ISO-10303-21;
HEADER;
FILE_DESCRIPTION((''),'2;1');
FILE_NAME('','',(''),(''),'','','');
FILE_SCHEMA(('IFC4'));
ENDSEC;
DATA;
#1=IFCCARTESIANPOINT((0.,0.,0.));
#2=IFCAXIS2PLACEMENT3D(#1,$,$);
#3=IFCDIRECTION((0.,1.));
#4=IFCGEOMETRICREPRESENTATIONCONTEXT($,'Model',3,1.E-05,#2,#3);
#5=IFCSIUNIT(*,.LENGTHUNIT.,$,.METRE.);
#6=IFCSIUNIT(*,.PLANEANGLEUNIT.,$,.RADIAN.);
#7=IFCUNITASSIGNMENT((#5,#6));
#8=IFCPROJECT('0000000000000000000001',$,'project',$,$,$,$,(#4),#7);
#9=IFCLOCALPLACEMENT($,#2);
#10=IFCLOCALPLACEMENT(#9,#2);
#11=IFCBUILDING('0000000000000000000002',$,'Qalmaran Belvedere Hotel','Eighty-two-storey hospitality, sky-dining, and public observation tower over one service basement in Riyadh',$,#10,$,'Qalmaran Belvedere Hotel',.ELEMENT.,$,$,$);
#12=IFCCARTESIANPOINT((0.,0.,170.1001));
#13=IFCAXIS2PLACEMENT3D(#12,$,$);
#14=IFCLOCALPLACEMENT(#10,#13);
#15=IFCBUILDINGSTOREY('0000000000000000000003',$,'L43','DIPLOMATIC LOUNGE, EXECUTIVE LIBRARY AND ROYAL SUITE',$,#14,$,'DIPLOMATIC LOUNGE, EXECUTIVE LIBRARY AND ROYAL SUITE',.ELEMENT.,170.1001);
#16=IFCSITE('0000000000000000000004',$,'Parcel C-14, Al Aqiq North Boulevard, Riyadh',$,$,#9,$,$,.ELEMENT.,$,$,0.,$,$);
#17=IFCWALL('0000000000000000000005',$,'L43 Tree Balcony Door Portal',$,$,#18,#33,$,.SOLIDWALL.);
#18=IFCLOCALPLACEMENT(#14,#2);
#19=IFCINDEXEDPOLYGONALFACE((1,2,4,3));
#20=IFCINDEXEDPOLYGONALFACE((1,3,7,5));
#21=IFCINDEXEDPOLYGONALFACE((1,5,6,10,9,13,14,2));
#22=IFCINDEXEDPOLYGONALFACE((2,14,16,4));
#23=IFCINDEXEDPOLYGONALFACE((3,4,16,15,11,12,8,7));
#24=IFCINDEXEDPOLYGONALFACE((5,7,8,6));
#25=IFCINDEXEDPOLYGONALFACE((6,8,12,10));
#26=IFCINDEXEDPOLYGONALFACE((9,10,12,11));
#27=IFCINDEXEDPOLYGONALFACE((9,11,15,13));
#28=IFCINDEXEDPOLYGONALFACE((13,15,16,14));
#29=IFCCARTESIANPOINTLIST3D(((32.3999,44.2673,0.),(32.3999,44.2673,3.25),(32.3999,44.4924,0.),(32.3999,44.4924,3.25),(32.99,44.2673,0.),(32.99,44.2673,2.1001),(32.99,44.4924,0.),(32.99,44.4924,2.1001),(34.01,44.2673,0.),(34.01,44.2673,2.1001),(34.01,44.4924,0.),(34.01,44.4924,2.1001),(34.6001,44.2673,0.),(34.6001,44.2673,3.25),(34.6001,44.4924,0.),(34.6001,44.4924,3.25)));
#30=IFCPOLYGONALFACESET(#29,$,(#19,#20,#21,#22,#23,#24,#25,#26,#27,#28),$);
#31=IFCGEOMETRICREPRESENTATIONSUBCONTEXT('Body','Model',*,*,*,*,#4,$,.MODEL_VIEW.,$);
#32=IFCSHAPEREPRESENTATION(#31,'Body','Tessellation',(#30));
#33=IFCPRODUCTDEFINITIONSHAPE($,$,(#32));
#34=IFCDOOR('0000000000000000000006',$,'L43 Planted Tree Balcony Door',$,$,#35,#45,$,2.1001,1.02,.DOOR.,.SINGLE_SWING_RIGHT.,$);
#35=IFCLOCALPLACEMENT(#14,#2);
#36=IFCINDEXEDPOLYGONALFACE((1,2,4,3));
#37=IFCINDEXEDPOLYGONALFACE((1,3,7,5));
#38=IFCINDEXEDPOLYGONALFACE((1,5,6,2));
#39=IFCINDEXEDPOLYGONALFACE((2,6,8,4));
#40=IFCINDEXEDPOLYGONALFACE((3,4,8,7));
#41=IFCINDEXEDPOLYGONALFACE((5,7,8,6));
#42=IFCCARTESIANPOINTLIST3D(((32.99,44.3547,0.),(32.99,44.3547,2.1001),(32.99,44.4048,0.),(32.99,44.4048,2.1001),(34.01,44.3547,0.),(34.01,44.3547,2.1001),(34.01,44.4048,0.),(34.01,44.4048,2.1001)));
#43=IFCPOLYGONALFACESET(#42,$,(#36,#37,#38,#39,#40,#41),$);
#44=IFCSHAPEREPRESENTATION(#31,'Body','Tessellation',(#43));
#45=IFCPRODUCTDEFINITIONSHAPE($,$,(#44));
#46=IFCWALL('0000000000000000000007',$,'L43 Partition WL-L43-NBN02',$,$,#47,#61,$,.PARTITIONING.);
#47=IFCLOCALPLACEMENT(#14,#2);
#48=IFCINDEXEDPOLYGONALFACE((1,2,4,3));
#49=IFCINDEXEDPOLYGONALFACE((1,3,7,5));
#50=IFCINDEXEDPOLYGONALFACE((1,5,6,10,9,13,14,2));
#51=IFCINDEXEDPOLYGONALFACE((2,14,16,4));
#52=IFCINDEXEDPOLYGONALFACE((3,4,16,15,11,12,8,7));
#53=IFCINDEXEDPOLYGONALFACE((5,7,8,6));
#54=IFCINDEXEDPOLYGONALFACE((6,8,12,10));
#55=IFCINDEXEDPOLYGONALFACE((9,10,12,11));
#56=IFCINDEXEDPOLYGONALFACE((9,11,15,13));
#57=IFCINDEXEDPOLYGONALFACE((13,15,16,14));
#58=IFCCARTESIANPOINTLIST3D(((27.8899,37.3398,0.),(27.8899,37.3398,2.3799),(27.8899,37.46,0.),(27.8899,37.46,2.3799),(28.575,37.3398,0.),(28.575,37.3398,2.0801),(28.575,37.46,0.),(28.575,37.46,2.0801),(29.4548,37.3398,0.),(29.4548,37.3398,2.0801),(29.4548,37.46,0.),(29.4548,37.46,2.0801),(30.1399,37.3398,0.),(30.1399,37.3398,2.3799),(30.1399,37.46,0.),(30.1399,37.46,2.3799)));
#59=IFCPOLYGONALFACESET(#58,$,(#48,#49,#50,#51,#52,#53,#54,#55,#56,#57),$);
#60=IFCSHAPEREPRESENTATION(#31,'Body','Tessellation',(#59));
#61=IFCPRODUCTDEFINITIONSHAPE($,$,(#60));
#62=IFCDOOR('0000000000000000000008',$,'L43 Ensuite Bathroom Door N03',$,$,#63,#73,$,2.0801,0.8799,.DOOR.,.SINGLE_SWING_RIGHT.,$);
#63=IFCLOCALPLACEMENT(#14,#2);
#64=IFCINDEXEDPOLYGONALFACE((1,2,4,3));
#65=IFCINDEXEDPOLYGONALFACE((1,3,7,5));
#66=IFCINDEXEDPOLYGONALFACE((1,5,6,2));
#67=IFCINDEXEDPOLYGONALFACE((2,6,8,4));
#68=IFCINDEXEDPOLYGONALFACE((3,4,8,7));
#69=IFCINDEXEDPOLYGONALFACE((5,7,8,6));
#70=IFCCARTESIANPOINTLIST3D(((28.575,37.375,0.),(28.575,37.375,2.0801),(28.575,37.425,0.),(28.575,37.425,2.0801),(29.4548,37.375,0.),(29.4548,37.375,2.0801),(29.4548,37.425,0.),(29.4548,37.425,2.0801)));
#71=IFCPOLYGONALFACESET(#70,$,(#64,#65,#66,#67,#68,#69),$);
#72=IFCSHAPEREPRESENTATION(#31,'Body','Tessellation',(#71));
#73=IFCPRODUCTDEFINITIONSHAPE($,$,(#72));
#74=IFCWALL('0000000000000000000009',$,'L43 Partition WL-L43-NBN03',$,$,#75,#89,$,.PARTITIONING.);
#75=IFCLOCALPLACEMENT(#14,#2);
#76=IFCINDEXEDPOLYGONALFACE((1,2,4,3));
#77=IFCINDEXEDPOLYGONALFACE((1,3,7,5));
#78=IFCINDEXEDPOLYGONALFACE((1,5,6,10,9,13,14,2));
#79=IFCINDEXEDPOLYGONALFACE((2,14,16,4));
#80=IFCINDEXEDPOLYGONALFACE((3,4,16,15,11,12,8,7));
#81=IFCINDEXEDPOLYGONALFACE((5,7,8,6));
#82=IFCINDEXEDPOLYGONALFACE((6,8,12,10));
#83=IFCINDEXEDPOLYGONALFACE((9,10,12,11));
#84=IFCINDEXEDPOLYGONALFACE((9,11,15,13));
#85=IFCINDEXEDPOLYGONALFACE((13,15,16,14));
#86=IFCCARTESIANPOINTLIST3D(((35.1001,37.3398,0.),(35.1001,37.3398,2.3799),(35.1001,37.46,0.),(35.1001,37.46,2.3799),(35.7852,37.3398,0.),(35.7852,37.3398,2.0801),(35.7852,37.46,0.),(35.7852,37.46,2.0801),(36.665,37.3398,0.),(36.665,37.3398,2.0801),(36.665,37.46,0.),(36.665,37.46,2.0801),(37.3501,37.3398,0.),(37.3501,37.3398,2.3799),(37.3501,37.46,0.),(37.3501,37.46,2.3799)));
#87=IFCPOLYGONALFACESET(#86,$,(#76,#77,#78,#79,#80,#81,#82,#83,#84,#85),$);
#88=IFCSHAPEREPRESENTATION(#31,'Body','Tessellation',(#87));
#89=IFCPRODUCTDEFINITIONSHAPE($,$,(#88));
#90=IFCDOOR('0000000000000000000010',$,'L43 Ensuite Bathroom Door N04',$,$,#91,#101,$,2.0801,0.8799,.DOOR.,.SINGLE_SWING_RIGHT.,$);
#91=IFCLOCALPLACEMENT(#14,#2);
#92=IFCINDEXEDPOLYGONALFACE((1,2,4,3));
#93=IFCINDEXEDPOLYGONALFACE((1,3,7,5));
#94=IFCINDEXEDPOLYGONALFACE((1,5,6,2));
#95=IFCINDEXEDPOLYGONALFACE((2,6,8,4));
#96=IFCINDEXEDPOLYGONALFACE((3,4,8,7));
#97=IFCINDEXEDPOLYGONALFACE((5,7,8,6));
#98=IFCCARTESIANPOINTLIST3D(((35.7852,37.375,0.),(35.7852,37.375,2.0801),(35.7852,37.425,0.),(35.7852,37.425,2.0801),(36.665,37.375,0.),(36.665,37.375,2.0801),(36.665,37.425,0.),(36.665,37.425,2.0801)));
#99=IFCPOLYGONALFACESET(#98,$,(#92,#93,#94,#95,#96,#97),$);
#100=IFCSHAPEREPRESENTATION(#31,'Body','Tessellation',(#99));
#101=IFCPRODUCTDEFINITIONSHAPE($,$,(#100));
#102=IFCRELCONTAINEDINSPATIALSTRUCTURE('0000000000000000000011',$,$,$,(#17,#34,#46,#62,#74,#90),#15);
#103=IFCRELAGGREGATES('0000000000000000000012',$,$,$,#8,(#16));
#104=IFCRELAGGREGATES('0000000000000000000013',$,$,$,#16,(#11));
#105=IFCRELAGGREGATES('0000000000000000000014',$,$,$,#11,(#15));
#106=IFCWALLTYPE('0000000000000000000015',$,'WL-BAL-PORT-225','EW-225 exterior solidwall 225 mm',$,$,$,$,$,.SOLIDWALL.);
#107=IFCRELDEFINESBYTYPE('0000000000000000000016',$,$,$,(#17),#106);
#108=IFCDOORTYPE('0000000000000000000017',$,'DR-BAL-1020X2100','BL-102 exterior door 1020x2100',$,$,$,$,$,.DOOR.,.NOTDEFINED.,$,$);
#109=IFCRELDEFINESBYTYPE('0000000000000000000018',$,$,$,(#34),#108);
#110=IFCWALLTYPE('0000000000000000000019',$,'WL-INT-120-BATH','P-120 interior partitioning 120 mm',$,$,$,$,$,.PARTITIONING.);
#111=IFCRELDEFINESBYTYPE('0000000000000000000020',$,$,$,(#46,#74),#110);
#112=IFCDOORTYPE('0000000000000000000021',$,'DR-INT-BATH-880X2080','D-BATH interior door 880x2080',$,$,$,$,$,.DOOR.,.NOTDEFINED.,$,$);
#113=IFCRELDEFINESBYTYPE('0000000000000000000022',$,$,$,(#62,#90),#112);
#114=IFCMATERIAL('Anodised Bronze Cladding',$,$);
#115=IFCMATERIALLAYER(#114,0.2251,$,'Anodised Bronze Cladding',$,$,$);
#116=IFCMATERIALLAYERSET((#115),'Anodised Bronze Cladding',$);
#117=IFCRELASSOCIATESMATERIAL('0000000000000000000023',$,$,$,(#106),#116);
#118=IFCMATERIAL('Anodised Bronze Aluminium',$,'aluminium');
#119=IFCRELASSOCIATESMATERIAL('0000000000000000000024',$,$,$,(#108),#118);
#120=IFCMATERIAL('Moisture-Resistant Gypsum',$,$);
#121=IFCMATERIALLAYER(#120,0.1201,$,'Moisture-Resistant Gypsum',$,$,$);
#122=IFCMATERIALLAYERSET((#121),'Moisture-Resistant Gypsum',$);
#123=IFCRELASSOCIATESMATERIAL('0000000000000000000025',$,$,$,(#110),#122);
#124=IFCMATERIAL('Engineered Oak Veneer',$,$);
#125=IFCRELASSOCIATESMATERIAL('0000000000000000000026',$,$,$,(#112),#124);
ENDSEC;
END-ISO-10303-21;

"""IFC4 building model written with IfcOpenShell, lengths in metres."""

from ifc_helpers import new_model, si_unit, direction, frame, frame_2d, origin, place, context, subcontext, project, spatial, rectangle, extrude, material, layer, layer_set, type_object, element, fill, save


model = new_model("IFC4")

# Units and contexts
model_context = context("Model", 3, precision=1e-05, world=origin(), true_north=direction((0.0, 1.0)))
body_context = subcontext(model_context, "Body", "Model", "MODEL_VIEW")
ifc_project = project(units=[si_unit("LENGTHUNIT", "METRE"), si_unit("PLANEANGLEUNIT", "RADIAN")], contexts=[model_context])

# Site, building, storey
site_placement = place(None, origin())
site = spatial("IfcSite", under=ifc_project, at=site_placement, Name="Parcel C-14, Al Aqiq North Boulevard, Riyadh", CompositionType="ELEMENT", RefElevation=0.0)
building_placement = place(site_placement, origin())
building = spatial("IfcBuilding", under=site, at=building_placement, Name="Qalmaran Belvedere Hotel", Description="Eighty-two-storey hospitality, sky-dining, and public observation tower over one service basement in Riyadh", LongName="Qalmaran Belvedere Hotel", CompositionType="ELEMENT")
storey_placement = place(building_placement, frame((0.0, 0.0, 170.1001)))
storey = spatial("IfcBuildingStorey", under=building, at=storey_placement, Name="L43", Description="DIPLOMATIC LOUNGE, EXECUTIVE LIBRARY AND ROYAL SUITE", LongName="DIPLOMATIC LOUNGE, EXECUTIVE LIBRARY AND ROYAL SUITE", CompositionType="ELEMENT", Elevation=170.1001)

# Shared definitions
ifc_material_1 = material(Name="Anodised Bronze Aluminium", Category="aluminium")

# Walls, openings, doors
ifc_material_2 = material(Name="Anodised Bronze Cladding")
ifc_layer_1 = layer(ifc_material_2, 0.2251, Name="Anodised Bronze Cladding")
ifc_layer_set_1 = layer_set([ifc_layer_1], Name="Anodised Bronze Cladding")
wall_type_1 = type_object("IfcWallType", Name="WL-BAL-PORT-225", Description="EW-225 exterior solidwall 225 mm", PredefinedType="SOLIDWALL", material=ifc_layer_set_1)
wall_1_placement = place(storey_placement, frame((32.3999, 44.3799, 0.0), z_axis=(0.0, 0.0, 1.0), x_axis=(1.0, 0.0, 0.0)))
wall_1 = element("IfcWall", 1, at=wall_1_placement, inside=storey, type_object=wall_type_1, Name="L43 Tree Balcony Door Portal", PredefinedType="SOLIDWALL", context=body_context, shape_type="SweptSolid", body=[
    extrude(rectangle(XDim=2.2002, YDim=0.2251, at=frame_2d((1.1001, 0.0))), origin(), (0.0, 0.0, 1.0), 3.25),
])
opening_1_placement = place(wall_1_placement, frame((0.5901, 0.0, 0.0)))
opening_1 = element("IfcOpeningElement", 2, at=opening_1_placement, cuts=wall_1, PredefinedType="OPENING", context=body_context, shape_type="SweptSolid", body=[
    extrude(rectangle(XDim=1.02, YDim=2.1001, at=frame_2d((0.51, 1.05))), frame((0.0, 0.1226, 0.0), z_axis=(0.0, -1.0, 0.0), x_axis=(1.0, 0.0, 0.0)), (0.0, 0.0, 1.0), 0.2451),
])
door_type_1 = type_object("IfcDoorType", Name="DR-BAL-1020X2100", Description="BL-102 exterior door 1020x2100", OperationType="NOTDEFINED", PredefinedType="DOOR", material=ifc_material_1)
door_1_placement = place(opening_1_placement, origin())
door_1 = element("IfcDoor", 3, at=door_1_placement, inside=storey, type_object=door_type_1, Name="L43 Planted Tree Balcony Door", OperationType="SINGLE_SWING_RIGHT", OverallHeight=2.1001, OverallWidth=1.02, PredefinedType="DOOR", context=body_context, shape_type="SweptSolid", body=[
    extrude(rectangle(XDim=1.02, YDim=2.1001, at=frame_2d((0.51, 1.05))), frame((0.0, 0.0249, 0.0), z_axis=(0.0, -1.0, 0.0), x_axis=(1.0, 0.0, 0.0)), (0.0, 0.0, 1.0), 0.05),
])
fill(opening_1, door_1)
ifc_material_3 = material(Name="Moisture-Resistant Gypsum")
ifc_layer_2 = layer(ifc_material_3, 0.1201, Name="Moisture-Resistant Gypsum")
ifc_layer_set_2 = layer_set([ifc_layer_2], Name="Moisture-Resistant Gypsum")
wall_type_2 = type_object("IfcWallType", Name="WL-INT-120-BATH", Description="P-120 interior partitioning 120 mm", PredefinedType="PARTITIONING", material=ifc_layer_set_2)
wall_2_placement = place(storey_placement, frame((27.8899, 37.3999, 0.0), z_axis=(0.0, 0.0, 1.0), x_axis=(1.0, 0.0, 0.0)))
wall_2 = element("IfcWall", 4, at=wall_2_placement, inside=storey, type_object=wall_type_2, Name="L43 Partition WL-L43-NBN02", PredefinedType="PARTITIONING", context=body_context, shape_type="SweptSolid", body=[
    extrude(rectangle(XDim=2.25, YDim=0.1201, at=frame_2d((1.125, 0.0))), origin(), (0.0, 0.0, 1.0), 2.3799),
])
opening_2_placement = place(wall_2_placement, frame((1.5649, 0.0, 0.0), z_axis=(0.0, 0.0, 1.0), x_axis=(-1.0, 0.0, 0.0)))
opening_2 = element("IfcOpeningElement", 5, at=opening_2_placement, cuts=wall_2, PredefinedType="OPENING", context=body_context, shape_type="SweptSolid", body=[
    extrude(rectangle(XDim=0.8799, YDim=2.0801, at=frame_2d((0.4399, 1.04))), frame((0.0, 0.0701, 0.0), z_axis=(0.0, -1.0, 0.0), x_axis=(1.0, 0.0, 0.0)), (0.0, 0.0, 1.0), 0.1401),
])
ifc_material_4 = material(Name="Engineered Oak Veneer")
door_type_2 = type_object("IfcDoorType", Name="DR-INT-BATH-880X2080", Description="D-BATH interior door 880x2080", OperationType="NOTDEFINED", PredefinedType="DOOR", material=ifc_material_4)
door_2_placement = place(opening_2_placement, origin())
door_2 = element("IfcDoor", 6, at=door_2_placement, inside=storey, type_object=door_type_2, Name="L43 Ensuite Bathroom Door N03", OperationType="SINGLE_SWING_RIGHT", OverallHeight=2.0801, OverallWidth=0.8799, PredefinedType="DOOR", context=body_context, shape_type="SweptSolid", body=[
    extrude(rectangle(XDim=0.8799, YDim=2.0801, at=frame_2d((0.4399, 1.04))), frame((0.0, 0.0249, 0.0), z_axis=(0.0, -1.0, 0.0), x_axis=(1.0, 0.0, 0.0)), (0.0, 0.0, 1.0), 0.05),
])
fill(opening_2, door_2)
wall_3_placement = place(storey_placement, frame((35.1001, 37.3999, 0.0), z_axis=(0.0, 0.0, 1.0), x_axis=(1.0, 0.0, 0.0)))
wall_3 = element("IfcWall", 7, at=wall_3_placement, inside=storey, type_object=wall_type_2, Name="L43 Partition WL-L43-NBN03", PredefinedType="PARTITIONING", context=body_context, shape_type="SweptSolid", body=[
    extrude(rectangle(XDim=2.25, YDim=0.1201, at=frame_2d((1.125, 0.0))), origin(), (0.0, 0.0, 1.0), 2.3799),
])
opening_3_placement = place(wall_3_placement, frame((1.5649, 0.0, 0.0), z_axis=(0.0, 0.0, 1.0), x_axis=(-1.0, 0.0, 0.0)))
opening_3 = element("IfcOpeningElement", 8, at=opening_3_placement, cuts=wall_3, PredefinedType="OPENING", context=body_context, shape_type="SweptSolid", body=[
    extrude(rectangle(XDim=0.8799, YDim=2.0801, at=frame_2d((0.4399, 1.04))), frame((0.0, 0.0701, 0.0), z_axis=(0.0, -1.0, 0.0), x_axis=(1.0, 0.0, 0.0)), (0.0, 0.0, 1.0), 0.1401),
])
door_3_placement = place(opening_3_placement, origin())
door_3 = element("IfcDoor", 9, at=door_3_placement, inside=storey, type_object=door_type_2, Name="L43 Ensuite Bathroom Door N04", OperationType="SINGLE_SWING_RIGHT", OverallHeight=2.0801, OverallWidth=0.8799, PredefinedType="DOOR", context=body_context, shape_type="SweptSolid", body=[
    extrude(rectangle(XDim=0.8799, YDim=2.0801, at=frame_2d((0.4399, 1.04))), frame((0.0, 0.0249, 0.0), z_axis=(0.0, -1.0, 0.0), x_axis=(1.0, 0.0, 0.0)), (0.0, 0.0, 1.0), 0.05),
])
fill(opening_3, door_3)

save(model, "model.ifc")
